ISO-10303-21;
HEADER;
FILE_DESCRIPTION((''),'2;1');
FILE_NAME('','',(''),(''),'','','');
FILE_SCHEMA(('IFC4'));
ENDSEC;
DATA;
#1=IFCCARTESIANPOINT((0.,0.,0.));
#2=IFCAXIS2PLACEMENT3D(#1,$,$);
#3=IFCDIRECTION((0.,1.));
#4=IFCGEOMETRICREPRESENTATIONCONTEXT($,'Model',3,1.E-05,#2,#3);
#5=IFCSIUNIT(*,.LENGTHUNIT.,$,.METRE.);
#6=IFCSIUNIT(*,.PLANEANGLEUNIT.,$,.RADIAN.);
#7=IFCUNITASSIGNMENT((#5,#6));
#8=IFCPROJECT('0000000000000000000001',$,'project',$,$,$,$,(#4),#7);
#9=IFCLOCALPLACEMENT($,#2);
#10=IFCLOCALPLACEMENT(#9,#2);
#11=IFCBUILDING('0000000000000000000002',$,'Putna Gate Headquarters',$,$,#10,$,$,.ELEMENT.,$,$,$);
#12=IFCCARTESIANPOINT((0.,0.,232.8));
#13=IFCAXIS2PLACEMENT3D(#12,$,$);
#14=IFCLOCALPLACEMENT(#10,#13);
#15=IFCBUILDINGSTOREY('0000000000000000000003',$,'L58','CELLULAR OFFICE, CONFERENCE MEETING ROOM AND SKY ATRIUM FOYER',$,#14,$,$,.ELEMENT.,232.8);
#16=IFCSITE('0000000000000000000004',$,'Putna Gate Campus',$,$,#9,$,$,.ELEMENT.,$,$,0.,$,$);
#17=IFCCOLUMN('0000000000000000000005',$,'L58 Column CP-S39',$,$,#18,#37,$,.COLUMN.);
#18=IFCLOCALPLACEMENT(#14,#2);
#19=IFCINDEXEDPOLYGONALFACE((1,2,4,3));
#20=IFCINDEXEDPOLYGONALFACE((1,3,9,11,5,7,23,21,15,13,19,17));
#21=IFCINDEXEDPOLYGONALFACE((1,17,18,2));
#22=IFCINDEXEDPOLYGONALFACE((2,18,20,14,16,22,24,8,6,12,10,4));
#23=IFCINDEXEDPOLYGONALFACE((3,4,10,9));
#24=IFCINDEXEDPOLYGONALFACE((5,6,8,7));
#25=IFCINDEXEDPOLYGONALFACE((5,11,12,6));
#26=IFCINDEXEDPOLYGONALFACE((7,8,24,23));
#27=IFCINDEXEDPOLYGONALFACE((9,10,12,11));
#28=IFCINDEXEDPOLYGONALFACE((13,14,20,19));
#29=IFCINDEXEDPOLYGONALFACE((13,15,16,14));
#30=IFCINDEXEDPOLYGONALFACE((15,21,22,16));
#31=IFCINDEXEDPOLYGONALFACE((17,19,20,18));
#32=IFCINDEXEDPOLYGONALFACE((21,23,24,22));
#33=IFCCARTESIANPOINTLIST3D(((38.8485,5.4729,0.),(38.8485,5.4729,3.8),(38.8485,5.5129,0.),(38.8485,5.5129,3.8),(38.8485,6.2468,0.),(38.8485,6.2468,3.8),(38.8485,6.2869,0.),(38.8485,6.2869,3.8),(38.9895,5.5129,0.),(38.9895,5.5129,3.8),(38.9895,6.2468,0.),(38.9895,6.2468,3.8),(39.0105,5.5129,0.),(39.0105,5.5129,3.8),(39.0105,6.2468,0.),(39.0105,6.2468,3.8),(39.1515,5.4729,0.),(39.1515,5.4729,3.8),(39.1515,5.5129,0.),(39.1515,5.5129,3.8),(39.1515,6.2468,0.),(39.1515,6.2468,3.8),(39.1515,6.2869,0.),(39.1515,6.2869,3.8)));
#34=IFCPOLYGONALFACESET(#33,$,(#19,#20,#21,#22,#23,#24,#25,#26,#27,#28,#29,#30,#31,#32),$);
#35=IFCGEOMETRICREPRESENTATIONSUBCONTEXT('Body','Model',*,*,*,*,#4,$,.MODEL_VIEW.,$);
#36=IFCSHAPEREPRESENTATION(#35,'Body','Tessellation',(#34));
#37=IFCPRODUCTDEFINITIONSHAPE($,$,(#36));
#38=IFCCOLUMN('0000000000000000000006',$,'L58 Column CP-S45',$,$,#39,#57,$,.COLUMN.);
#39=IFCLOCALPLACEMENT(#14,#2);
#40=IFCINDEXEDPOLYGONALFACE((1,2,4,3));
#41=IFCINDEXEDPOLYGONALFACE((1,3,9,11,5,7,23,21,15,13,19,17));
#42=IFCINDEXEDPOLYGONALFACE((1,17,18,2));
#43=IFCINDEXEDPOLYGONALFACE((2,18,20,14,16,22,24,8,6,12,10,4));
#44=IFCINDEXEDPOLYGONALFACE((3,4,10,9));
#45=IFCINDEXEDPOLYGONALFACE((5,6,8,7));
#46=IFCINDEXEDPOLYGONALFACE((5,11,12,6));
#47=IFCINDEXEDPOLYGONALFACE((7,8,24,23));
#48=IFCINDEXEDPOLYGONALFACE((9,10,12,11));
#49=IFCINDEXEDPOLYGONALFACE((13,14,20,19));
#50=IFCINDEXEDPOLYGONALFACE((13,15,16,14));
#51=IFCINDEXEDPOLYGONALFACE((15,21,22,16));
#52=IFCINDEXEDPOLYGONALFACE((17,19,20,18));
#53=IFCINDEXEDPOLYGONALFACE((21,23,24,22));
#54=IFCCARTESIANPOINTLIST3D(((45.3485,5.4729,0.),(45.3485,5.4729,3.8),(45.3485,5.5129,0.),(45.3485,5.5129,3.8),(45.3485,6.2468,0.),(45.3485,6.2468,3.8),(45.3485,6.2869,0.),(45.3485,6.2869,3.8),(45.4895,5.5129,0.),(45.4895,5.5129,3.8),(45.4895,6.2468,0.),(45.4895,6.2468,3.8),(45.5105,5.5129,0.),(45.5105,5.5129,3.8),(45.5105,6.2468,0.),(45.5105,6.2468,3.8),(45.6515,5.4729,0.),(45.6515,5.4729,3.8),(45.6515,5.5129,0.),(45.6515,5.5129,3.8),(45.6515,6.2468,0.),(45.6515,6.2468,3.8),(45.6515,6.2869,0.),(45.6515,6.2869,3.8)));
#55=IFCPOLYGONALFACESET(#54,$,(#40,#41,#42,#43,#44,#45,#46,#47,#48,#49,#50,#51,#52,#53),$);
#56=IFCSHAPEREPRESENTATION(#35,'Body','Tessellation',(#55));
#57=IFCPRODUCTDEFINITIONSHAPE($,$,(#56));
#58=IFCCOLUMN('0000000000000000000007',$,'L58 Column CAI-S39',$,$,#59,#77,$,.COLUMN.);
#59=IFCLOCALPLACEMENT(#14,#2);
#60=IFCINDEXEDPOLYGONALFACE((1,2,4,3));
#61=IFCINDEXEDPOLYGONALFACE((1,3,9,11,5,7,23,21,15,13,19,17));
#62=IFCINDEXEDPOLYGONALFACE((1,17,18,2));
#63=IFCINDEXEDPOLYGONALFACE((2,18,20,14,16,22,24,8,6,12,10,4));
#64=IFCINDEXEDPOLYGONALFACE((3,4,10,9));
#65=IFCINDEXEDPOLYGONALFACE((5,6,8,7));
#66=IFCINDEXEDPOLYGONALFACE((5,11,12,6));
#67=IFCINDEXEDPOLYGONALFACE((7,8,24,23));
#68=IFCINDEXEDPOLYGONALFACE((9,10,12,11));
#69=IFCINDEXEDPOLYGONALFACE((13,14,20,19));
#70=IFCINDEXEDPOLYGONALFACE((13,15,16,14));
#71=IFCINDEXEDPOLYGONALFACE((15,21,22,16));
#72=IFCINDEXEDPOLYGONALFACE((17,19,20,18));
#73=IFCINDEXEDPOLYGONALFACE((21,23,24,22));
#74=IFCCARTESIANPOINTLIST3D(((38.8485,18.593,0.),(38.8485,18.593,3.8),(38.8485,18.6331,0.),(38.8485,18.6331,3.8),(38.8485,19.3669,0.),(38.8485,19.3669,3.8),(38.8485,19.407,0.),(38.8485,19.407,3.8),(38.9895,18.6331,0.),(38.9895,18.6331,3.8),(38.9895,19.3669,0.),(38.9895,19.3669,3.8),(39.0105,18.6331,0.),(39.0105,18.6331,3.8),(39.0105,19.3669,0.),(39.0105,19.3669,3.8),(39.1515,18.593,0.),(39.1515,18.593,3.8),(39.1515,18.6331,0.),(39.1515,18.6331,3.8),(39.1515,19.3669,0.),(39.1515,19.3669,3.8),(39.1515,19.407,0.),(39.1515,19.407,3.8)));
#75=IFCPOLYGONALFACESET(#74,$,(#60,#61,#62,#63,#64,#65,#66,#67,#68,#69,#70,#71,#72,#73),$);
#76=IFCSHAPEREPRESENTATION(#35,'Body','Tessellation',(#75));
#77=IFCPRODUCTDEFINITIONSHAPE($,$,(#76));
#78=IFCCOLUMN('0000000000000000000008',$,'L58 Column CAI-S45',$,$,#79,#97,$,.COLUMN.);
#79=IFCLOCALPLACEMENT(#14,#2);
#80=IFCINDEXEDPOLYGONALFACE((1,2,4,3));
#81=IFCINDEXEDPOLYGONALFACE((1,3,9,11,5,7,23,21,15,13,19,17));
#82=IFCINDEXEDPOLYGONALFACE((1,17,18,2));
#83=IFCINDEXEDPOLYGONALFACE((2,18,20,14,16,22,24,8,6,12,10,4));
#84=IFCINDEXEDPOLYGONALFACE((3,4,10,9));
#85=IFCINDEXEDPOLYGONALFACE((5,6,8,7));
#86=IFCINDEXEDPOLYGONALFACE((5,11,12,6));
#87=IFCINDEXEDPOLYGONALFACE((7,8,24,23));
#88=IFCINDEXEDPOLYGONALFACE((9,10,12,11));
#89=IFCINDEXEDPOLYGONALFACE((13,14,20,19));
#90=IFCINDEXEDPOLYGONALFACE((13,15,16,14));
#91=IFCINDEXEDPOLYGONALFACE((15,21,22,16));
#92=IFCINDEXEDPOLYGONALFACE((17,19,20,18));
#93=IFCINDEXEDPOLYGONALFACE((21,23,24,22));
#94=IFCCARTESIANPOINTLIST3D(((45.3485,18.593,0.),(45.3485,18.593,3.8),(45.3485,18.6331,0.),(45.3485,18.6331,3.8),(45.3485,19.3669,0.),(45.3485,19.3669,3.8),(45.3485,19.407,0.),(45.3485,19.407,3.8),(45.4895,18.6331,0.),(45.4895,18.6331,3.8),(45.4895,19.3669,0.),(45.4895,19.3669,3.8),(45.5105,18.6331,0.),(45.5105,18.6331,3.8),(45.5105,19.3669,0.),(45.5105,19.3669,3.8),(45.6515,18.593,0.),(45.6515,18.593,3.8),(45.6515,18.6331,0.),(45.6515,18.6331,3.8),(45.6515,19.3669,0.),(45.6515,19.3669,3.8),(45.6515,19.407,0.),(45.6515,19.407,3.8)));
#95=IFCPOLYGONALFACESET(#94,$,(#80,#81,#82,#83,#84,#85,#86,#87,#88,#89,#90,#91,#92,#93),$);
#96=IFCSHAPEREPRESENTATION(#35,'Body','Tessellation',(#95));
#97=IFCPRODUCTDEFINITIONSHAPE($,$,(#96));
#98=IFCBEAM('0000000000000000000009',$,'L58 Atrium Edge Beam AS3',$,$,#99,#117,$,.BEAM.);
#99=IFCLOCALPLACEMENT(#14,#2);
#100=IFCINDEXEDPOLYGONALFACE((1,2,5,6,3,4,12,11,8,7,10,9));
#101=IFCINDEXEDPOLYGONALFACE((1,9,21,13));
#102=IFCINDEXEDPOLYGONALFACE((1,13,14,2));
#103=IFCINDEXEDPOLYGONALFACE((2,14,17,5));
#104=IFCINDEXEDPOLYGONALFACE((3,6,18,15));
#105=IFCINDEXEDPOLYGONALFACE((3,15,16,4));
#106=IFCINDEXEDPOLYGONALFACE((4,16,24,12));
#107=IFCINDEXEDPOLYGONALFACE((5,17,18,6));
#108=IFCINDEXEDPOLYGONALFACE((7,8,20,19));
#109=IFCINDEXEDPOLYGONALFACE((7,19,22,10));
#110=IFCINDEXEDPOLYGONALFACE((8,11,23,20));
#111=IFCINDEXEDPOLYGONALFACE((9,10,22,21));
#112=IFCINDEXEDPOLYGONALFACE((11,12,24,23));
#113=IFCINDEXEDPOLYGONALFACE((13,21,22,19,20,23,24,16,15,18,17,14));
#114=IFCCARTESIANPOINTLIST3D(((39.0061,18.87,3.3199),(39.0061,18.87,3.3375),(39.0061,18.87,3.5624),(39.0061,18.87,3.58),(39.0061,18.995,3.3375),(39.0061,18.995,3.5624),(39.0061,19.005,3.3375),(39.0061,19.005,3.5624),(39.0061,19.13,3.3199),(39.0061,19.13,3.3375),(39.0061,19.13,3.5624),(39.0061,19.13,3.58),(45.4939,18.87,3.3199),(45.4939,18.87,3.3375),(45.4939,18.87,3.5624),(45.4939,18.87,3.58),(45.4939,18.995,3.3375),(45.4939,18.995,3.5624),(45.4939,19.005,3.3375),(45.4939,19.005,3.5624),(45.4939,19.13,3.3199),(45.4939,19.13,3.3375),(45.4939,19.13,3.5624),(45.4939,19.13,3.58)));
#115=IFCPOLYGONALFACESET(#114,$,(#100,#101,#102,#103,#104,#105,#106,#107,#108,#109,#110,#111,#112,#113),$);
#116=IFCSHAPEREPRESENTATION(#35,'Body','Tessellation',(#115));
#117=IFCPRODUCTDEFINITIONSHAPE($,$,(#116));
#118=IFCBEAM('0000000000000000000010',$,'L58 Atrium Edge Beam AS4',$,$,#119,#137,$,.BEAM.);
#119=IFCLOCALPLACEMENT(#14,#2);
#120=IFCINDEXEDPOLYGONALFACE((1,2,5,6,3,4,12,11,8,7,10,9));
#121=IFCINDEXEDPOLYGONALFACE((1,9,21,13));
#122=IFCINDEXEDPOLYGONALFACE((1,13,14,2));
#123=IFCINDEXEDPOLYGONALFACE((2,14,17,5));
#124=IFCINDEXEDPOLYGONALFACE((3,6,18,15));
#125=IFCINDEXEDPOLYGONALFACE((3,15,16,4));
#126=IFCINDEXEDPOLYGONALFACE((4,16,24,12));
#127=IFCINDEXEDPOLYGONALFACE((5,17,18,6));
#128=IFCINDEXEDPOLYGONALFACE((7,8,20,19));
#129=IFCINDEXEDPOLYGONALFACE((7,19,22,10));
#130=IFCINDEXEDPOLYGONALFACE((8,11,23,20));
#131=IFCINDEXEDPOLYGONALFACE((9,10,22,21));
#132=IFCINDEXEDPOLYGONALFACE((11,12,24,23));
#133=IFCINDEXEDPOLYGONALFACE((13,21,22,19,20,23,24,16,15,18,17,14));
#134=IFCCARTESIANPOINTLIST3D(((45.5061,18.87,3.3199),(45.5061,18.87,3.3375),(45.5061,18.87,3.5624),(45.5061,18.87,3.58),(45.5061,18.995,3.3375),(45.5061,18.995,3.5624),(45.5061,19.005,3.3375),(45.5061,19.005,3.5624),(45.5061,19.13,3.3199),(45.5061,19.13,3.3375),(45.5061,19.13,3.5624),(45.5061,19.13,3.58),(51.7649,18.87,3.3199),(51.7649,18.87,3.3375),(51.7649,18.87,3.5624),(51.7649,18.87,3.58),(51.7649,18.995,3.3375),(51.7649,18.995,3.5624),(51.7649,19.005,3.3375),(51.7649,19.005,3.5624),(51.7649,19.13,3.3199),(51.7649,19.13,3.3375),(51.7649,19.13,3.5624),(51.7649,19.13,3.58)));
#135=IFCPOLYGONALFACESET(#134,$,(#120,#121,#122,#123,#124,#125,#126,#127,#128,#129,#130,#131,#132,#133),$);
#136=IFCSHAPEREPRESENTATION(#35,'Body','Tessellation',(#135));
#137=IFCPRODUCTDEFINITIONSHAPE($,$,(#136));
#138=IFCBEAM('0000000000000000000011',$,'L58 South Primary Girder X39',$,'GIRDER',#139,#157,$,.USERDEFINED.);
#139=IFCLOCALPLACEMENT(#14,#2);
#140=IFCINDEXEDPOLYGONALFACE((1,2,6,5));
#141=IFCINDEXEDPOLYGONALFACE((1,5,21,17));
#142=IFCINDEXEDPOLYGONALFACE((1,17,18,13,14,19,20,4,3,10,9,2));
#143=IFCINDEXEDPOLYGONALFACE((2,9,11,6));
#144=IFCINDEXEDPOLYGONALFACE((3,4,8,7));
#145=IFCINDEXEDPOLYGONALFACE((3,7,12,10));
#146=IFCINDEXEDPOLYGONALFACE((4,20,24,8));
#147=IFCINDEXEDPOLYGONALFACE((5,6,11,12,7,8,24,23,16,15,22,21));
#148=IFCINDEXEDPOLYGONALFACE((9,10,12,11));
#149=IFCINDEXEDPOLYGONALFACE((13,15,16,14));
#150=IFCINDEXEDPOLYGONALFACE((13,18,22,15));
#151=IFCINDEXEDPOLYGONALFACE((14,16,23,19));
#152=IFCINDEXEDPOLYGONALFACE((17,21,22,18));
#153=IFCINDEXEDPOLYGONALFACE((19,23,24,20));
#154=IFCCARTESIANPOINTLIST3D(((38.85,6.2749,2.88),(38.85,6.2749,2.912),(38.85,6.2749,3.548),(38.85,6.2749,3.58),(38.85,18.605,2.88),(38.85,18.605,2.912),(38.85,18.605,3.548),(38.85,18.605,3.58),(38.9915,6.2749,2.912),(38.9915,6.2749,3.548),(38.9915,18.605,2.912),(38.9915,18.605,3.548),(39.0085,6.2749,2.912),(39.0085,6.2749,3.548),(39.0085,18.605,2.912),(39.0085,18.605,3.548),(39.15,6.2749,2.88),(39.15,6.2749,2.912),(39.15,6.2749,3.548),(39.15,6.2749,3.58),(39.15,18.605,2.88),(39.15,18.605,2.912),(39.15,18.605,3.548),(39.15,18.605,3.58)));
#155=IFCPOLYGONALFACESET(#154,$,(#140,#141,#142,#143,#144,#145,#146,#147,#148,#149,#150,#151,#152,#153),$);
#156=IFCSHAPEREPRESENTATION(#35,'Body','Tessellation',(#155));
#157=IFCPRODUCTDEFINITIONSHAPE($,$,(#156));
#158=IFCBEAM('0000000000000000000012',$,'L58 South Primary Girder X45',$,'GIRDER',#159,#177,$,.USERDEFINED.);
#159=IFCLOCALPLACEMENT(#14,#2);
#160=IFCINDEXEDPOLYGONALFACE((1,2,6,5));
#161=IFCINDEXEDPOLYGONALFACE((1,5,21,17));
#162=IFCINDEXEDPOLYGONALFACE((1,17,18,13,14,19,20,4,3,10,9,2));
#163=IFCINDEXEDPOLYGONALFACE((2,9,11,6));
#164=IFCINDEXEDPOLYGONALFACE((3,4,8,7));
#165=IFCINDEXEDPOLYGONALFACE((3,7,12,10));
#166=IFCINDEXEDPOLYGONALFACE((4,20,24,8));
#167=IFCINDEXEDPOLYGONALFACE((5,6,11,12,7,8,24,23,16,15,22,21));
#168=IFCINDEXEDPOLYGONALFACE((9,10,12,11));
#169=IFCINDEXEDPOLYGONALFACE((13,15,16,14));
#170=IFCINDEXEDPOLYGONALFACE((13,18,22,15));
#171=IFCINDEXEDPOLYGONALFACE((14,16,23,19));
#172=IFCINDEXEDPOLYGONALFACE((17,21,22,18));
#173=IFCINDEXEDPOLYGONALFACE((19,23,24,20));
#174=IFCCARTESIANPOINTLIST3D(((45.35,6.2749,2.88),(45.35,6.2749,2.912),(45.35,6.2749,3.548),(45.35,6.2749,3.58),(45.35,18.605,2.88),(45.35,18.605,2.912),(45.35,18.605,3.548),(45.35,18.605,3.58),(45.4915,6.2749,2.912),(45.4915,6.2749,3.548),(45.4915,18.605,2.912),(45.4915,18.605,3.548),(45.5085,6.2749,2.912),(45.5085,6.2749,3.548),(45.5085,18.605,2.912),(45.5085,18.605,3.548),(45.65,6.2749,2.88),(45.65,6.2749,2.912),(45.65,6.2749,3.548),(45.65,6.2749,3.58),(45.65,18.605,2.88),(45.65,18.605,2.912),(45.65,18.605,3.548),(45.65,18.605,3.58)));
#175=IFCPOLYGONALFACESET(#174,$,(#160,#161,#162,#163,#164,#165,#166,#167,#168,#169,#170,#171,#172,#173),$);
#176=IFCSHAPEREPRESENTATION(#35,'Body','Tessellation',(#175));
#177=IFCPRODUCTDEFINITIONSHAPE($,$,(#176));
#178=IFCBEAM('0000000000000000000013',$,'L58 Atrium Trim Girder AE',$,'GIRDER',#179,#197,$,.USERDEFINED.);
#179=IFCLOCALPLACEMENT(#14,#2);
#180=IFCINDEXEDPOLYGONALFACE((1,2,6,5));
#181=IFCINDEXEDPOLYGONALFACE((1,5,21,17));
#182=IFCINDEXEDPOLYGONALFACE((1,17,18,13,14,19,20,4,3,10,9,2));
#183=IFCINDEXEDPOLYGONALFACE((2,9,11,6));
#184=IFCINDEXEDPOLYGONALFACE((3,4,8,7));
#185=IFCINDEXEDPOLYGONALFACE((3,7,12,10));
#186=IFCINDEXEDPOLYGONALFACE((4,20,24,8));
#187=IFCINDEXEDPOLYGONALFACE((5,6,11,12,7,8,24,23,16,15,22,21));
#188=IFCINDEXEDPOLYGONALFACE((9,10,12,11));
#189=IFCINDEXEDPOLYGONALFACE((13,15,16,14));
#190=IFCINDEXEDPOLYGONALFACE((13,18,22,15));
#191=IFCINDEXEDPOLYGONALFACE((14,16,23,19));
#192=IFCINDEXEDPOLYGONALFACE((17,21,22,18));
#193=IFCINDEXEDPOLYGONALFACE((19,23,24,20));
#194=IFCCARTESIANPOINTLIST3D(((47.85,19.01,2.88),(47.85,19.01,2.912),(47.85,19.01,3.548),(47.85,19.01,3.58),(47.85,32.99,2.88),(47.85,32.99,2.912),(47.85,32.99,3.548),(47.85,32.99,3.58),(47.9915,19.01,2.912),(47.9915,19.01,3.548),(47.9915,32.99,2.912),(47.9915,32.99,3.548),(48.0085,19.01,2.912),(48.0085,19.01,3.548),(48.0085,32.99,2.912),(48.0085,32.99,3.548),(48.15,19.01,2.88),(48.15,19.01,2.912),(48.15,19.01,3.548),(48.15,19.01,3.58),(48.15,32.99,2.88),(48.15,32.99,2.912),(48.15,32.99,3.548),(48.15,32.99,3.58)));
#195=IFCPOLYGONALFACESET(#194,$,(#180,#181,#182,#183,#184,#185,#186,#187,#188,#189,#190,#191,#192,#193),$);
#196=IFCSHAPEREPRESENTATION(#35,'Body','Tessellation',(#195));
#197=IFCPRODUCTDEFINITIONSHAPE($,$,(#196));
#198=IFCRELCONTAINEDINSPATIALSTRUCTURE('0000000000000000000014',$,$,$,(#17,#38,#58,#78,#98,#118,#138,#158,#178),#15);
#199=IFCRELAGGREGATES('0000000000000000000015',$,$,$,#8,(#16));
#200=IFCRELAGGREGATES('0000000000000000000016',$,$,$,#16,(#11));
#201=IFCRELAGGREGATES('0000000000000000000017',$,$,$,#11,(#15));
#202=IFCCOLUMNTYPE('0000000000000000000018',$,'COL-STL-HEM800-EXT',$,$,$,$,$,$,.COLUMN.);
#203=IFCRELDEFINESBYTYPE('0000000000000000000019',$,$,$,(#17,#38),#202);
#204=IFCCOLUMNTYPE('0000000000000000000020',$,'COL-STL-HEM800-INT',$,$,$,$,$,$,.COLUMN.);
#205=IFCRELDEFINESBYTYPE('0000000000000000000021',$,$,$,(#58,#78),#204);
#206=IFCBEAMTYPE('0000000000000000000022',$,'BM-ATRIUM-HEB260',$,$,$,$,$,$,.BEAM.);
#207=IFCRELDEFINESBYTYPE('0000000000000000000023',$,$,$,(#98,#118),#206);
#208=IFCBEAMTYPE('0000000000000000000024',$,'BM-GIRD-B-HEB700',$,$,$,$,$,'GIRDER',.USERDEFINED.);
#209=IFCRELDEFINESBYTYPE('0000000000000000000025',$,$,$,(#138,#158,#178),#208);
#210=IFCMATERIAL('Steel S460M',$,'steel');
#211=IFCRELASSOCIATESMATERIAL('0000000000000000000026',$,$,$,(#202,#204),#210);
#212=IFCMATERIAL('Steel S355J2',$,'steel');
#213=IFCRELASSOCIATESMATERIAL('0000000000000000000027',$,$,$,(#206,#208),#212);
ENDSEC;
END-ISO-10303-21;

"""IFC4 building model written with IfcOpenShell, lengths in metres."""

from ifc_helpers import new_model, si_unit, direction, frame, origin, origin_2d, place, context, subcontext, project, spatial, i_section, extrude, material, material_profile, profile_set, type_object, element, save


model = new_model("IFC4")

# Units and contexts
model_context = context("Model", 3, precision=1e-05, world=origin(), true_north=direction((0.0, 1.0)))
body_context = subcontext(model_context, "Body", "Model", "MODEL_VIEW")
ifc_project = project(units=[si_unit("LENGTHUNIT", "METRE"), si_unit("PLANEANGLEUNIT", "RADIAN")], contexts=[model_context])

# Site, building, storey
site_placement = place(None, origin())
site = spatial("IfcSite", under=ifc_project, at=site_placement, Name="Putna Gate Campus", CompositionType="ELEMENT", RefElevation=0.0)
building_placement = place(site_placement, origin())
building = spatial("IfcBuilding", under=site, at=building_placement, Name="Putna Gate Headquarters", CompositionType="ELEMENT")
storey_placement = place(building_placement, frame((0.0, 0.0, 232.8)))
storey = spatial("IfcBuildingStorey", under=building, at=storey_placement, Name="L58", Description="CELLULAR OFFICE, CONFERENCE MEETING ROOM AND SKY ATRIUM FOYER", CompositionType="ELEMENT", Elevation=232.8)

# Columns
ifc_material_1 = material(Name="Steel S460M", Category="steel")
ifc_material_profile_1 = material_profile(ifc_material_1, i_section(OverallWidth=0.303, OverallDepth=0.814, WebThickness=0.021, FlangeThickness=0.04, at=origin_2d()), Name="Steel S460M")
ifc_profile_set_1 = profile_set([ifc_material_profile_1], Name="Steel S460M")
column_type_1 = type_object("IfcColumnType", Name="COL-STL-HEM800-EXT", PredefinedType="COLUMN", material=ifc_profile_set_1)
for number, where, z_axis, x_axis, name in (
    (1, (39.0, 5.8799, 0.0), (0.0, 0.0, 1.0), (1.0, 0.0, 0.0), "L58 Column CP-S39"),
    (2, (45.5, 5.8799, 0.0), (0.0, 0.0, 1.0), (1.0, 0.0, 0.0), "L58 Column CP-S45"),
):
    element("IfcColumn", number, at=place(storey_placement, frame(where, z_axis=z_axis, x_axis=x_axis)), inside=storey, type_object=column_type_1, Name=name, PredefinedType="COLUMN", context=body_context, shape_type="SweptSolid", body=[
        extrude(i_section(OverallWidth=0.303, OverallDepth=0.814, WebThickness=0.021, FlangeThickness=0.04, at=origin_2d()), origin(), (0.0, 0.0, 1.0), 3.8),
    ])
ifc_material_profile_2 = material_profile(ifc_material_1, i_section(OverallWidth=0.303, OverallDepth=0.814, WebThickness=0.021, FlangeThickness=0.04, at=origin_2d()), Name="Steel S460M")
ifc_profile_set_2 = profile_set([ifc_material_profile_2], Name="Steel S460M")
column_type_2 = type_object("IfcColumnType", Name="COL-STL-HEM800-INT", PredefinedType="COLUMN", material=ifc_profile_set_2)
for number, where, z_axis, x_axis, name in (
    (3, (39.0, 19.0, 0.0), (0.0, 0.0, 1.0), (1.0, 0.0, 0.0), "L58 Column CAI-S39"),
    (4, (45.5, 19.0, 0.0), (0.0, 0.0, 1.0), (1.0, 0.0, 0.0), "L58 Column CAI-S45"),
):
    element("IfcColumn", number, at=place(storey_placement, frame(where, z_axis=z_axis, x_axis=x_axis)), inside=storey, type_object=column_type_2, Name=name, PredefinedType="COLUMN", context=body_context, shape_type="SweptSolid", body=[
        extrude(i_section(OverallWidth=0.303, OverallDepth=0.814, WebThickness=0.021, FlangeThickness=0.04, at=origin_2d()), origin(), (0.0, 0.0, 1.0), 3.8),
    ])

# Beams
ifc_material_2 = material(Name="Steel S355J2", Category="steel")
ifc_material_profile_3 = material_profile(ifc_material_2, i_section(OverallWidth=0.26, OverallDepth=0.26, WebThickness=0.01, FlangeThickness=0.0176, at=origin_2d()), Name="Steel S355J2")
ifc_profile_set_3 = profile_set([ifc_material_profile_3], Name="Steel S355J2")
beam_type_1 = type_object("IfcBeamType", Name="BM-ATRIUM-HEB260", PredefinedType="BEAM", material=ifc_profile_set_3)
beam_1_placement = place(storey_placement, frame((39.0061, 19.0, 3.45), z_axis=(1.0, 0.0, 0.0), x_axis=(0.0, 1.0, 0.0)))
element("IfcBeam", 5, at=beam_1_placement, inside=storey, type_object=beam_type_1, Name="L58 Atrium Edge Beam AS3", PredefinedType="BEAM", context=body_context, shape_type="SweptSolid", body=[
    extrude(i_section(OverallWidth=0.26, OverallDepth=0.26, WebThickness=0.01, FlangeThickness=0.0176, at=origin_2d()), origin(), (0.0, 0.0, 1.0), 6.4878),
])
beam_2_placement = place(storey_placement, frame((45.5061, 19.0, 3.45), z_axis=(1.0, 0.0, 0.0), x_axis=(0.0, 1.0, 0.0)))
element("IfcBeam", 6, at=beam_2_placement, inside=storey, type_object=beam_type_1, Name="L58 Atrium Edge Beam AS4", PredefinedType="BEAM", context=body_context, shape_type="SweptSolid", body=[
    extrude(i_section(OverallWidth=0.26, OverallDepth=0.26, WebThickness=0.01, FlangeThickness=0.0176, at=origin_2d()), origin(), (0.0, 0.0, 1.0), 6.2588),
])
ifc_material_profile_4 = material_profile(ifc_material_2, i_section(OverallWidth=0.3, OverallDepth=0.7, WebThickness=0.0171, FlangeThickness=0.032, at=origin_2d()), Name="Steel S355J2")
ifc_profile_set_4 = profile_set([ifc_material_profile_4], Name="Steel S355J2")
beam_type_2 = type_object("IfcBeamType", Name="BM-GIRD-B-HEB700", ElementType="GIRDER", PredefinedType="USERDEFINED", material=ifc_profile_set_4)
for number, where, z_axis, x_axis, name in (
    (7, (39.0, 6.2749, 3.23), (0.0, 1.0, 0.0), (-1.0, 0.0, 0.0), "L58 South Primary Girder X39"),
    (8, (45.5, 6.2749, 3.23), (0.0, 1.0, 0.0), (-1.0, 0.0, 0.0), "L58 South Primary Girder X45"),
):
    element("IfcBeam", number, at=place(storey_placement, frame(where, z_axis=z_axis, x_axis=x_axis)), inside=storey, type_object=beam_type_2, Name=name, ObjectType="GIRDER", PredefinedType="USERDEFINED", context=body_context, shape_type="SweptSolid", body=[
        extrude(i_section(OverallWidth=0.3, OverallDepth=0.7, WebThickness=0.0171, FlangeThickness=0.032, at=origin_2d()), origin(), (0.0, 0.0, 1.0), 12.3301),
    ])
beam_3_placement = place(storey_placement, frame((48.0, 19.01, 3.23), z_axis=(0.0, 1.0, 0.0), x_axis=(-1.0, 0.0, 0.0)))
element("IfcBeam", 9, at=beam_3_placement, inside=storey, type_object=beam_type_2, Name="L58 Atrium Trim Girder AE", ObjectType="GIRDER", PredefinedType="USERDEFINED", context=body_context, shape_type="SweptSolid", body=[
    extrude(i_section(OverallWidth=0.3, OverallDepth=0.7, WebThickness=0.0171, FlangeThickness=0.032, at=origin_2d()), origin(), (0.0, 0.0, 1.0), 13.98),
])

save(model, "model.ifc")
